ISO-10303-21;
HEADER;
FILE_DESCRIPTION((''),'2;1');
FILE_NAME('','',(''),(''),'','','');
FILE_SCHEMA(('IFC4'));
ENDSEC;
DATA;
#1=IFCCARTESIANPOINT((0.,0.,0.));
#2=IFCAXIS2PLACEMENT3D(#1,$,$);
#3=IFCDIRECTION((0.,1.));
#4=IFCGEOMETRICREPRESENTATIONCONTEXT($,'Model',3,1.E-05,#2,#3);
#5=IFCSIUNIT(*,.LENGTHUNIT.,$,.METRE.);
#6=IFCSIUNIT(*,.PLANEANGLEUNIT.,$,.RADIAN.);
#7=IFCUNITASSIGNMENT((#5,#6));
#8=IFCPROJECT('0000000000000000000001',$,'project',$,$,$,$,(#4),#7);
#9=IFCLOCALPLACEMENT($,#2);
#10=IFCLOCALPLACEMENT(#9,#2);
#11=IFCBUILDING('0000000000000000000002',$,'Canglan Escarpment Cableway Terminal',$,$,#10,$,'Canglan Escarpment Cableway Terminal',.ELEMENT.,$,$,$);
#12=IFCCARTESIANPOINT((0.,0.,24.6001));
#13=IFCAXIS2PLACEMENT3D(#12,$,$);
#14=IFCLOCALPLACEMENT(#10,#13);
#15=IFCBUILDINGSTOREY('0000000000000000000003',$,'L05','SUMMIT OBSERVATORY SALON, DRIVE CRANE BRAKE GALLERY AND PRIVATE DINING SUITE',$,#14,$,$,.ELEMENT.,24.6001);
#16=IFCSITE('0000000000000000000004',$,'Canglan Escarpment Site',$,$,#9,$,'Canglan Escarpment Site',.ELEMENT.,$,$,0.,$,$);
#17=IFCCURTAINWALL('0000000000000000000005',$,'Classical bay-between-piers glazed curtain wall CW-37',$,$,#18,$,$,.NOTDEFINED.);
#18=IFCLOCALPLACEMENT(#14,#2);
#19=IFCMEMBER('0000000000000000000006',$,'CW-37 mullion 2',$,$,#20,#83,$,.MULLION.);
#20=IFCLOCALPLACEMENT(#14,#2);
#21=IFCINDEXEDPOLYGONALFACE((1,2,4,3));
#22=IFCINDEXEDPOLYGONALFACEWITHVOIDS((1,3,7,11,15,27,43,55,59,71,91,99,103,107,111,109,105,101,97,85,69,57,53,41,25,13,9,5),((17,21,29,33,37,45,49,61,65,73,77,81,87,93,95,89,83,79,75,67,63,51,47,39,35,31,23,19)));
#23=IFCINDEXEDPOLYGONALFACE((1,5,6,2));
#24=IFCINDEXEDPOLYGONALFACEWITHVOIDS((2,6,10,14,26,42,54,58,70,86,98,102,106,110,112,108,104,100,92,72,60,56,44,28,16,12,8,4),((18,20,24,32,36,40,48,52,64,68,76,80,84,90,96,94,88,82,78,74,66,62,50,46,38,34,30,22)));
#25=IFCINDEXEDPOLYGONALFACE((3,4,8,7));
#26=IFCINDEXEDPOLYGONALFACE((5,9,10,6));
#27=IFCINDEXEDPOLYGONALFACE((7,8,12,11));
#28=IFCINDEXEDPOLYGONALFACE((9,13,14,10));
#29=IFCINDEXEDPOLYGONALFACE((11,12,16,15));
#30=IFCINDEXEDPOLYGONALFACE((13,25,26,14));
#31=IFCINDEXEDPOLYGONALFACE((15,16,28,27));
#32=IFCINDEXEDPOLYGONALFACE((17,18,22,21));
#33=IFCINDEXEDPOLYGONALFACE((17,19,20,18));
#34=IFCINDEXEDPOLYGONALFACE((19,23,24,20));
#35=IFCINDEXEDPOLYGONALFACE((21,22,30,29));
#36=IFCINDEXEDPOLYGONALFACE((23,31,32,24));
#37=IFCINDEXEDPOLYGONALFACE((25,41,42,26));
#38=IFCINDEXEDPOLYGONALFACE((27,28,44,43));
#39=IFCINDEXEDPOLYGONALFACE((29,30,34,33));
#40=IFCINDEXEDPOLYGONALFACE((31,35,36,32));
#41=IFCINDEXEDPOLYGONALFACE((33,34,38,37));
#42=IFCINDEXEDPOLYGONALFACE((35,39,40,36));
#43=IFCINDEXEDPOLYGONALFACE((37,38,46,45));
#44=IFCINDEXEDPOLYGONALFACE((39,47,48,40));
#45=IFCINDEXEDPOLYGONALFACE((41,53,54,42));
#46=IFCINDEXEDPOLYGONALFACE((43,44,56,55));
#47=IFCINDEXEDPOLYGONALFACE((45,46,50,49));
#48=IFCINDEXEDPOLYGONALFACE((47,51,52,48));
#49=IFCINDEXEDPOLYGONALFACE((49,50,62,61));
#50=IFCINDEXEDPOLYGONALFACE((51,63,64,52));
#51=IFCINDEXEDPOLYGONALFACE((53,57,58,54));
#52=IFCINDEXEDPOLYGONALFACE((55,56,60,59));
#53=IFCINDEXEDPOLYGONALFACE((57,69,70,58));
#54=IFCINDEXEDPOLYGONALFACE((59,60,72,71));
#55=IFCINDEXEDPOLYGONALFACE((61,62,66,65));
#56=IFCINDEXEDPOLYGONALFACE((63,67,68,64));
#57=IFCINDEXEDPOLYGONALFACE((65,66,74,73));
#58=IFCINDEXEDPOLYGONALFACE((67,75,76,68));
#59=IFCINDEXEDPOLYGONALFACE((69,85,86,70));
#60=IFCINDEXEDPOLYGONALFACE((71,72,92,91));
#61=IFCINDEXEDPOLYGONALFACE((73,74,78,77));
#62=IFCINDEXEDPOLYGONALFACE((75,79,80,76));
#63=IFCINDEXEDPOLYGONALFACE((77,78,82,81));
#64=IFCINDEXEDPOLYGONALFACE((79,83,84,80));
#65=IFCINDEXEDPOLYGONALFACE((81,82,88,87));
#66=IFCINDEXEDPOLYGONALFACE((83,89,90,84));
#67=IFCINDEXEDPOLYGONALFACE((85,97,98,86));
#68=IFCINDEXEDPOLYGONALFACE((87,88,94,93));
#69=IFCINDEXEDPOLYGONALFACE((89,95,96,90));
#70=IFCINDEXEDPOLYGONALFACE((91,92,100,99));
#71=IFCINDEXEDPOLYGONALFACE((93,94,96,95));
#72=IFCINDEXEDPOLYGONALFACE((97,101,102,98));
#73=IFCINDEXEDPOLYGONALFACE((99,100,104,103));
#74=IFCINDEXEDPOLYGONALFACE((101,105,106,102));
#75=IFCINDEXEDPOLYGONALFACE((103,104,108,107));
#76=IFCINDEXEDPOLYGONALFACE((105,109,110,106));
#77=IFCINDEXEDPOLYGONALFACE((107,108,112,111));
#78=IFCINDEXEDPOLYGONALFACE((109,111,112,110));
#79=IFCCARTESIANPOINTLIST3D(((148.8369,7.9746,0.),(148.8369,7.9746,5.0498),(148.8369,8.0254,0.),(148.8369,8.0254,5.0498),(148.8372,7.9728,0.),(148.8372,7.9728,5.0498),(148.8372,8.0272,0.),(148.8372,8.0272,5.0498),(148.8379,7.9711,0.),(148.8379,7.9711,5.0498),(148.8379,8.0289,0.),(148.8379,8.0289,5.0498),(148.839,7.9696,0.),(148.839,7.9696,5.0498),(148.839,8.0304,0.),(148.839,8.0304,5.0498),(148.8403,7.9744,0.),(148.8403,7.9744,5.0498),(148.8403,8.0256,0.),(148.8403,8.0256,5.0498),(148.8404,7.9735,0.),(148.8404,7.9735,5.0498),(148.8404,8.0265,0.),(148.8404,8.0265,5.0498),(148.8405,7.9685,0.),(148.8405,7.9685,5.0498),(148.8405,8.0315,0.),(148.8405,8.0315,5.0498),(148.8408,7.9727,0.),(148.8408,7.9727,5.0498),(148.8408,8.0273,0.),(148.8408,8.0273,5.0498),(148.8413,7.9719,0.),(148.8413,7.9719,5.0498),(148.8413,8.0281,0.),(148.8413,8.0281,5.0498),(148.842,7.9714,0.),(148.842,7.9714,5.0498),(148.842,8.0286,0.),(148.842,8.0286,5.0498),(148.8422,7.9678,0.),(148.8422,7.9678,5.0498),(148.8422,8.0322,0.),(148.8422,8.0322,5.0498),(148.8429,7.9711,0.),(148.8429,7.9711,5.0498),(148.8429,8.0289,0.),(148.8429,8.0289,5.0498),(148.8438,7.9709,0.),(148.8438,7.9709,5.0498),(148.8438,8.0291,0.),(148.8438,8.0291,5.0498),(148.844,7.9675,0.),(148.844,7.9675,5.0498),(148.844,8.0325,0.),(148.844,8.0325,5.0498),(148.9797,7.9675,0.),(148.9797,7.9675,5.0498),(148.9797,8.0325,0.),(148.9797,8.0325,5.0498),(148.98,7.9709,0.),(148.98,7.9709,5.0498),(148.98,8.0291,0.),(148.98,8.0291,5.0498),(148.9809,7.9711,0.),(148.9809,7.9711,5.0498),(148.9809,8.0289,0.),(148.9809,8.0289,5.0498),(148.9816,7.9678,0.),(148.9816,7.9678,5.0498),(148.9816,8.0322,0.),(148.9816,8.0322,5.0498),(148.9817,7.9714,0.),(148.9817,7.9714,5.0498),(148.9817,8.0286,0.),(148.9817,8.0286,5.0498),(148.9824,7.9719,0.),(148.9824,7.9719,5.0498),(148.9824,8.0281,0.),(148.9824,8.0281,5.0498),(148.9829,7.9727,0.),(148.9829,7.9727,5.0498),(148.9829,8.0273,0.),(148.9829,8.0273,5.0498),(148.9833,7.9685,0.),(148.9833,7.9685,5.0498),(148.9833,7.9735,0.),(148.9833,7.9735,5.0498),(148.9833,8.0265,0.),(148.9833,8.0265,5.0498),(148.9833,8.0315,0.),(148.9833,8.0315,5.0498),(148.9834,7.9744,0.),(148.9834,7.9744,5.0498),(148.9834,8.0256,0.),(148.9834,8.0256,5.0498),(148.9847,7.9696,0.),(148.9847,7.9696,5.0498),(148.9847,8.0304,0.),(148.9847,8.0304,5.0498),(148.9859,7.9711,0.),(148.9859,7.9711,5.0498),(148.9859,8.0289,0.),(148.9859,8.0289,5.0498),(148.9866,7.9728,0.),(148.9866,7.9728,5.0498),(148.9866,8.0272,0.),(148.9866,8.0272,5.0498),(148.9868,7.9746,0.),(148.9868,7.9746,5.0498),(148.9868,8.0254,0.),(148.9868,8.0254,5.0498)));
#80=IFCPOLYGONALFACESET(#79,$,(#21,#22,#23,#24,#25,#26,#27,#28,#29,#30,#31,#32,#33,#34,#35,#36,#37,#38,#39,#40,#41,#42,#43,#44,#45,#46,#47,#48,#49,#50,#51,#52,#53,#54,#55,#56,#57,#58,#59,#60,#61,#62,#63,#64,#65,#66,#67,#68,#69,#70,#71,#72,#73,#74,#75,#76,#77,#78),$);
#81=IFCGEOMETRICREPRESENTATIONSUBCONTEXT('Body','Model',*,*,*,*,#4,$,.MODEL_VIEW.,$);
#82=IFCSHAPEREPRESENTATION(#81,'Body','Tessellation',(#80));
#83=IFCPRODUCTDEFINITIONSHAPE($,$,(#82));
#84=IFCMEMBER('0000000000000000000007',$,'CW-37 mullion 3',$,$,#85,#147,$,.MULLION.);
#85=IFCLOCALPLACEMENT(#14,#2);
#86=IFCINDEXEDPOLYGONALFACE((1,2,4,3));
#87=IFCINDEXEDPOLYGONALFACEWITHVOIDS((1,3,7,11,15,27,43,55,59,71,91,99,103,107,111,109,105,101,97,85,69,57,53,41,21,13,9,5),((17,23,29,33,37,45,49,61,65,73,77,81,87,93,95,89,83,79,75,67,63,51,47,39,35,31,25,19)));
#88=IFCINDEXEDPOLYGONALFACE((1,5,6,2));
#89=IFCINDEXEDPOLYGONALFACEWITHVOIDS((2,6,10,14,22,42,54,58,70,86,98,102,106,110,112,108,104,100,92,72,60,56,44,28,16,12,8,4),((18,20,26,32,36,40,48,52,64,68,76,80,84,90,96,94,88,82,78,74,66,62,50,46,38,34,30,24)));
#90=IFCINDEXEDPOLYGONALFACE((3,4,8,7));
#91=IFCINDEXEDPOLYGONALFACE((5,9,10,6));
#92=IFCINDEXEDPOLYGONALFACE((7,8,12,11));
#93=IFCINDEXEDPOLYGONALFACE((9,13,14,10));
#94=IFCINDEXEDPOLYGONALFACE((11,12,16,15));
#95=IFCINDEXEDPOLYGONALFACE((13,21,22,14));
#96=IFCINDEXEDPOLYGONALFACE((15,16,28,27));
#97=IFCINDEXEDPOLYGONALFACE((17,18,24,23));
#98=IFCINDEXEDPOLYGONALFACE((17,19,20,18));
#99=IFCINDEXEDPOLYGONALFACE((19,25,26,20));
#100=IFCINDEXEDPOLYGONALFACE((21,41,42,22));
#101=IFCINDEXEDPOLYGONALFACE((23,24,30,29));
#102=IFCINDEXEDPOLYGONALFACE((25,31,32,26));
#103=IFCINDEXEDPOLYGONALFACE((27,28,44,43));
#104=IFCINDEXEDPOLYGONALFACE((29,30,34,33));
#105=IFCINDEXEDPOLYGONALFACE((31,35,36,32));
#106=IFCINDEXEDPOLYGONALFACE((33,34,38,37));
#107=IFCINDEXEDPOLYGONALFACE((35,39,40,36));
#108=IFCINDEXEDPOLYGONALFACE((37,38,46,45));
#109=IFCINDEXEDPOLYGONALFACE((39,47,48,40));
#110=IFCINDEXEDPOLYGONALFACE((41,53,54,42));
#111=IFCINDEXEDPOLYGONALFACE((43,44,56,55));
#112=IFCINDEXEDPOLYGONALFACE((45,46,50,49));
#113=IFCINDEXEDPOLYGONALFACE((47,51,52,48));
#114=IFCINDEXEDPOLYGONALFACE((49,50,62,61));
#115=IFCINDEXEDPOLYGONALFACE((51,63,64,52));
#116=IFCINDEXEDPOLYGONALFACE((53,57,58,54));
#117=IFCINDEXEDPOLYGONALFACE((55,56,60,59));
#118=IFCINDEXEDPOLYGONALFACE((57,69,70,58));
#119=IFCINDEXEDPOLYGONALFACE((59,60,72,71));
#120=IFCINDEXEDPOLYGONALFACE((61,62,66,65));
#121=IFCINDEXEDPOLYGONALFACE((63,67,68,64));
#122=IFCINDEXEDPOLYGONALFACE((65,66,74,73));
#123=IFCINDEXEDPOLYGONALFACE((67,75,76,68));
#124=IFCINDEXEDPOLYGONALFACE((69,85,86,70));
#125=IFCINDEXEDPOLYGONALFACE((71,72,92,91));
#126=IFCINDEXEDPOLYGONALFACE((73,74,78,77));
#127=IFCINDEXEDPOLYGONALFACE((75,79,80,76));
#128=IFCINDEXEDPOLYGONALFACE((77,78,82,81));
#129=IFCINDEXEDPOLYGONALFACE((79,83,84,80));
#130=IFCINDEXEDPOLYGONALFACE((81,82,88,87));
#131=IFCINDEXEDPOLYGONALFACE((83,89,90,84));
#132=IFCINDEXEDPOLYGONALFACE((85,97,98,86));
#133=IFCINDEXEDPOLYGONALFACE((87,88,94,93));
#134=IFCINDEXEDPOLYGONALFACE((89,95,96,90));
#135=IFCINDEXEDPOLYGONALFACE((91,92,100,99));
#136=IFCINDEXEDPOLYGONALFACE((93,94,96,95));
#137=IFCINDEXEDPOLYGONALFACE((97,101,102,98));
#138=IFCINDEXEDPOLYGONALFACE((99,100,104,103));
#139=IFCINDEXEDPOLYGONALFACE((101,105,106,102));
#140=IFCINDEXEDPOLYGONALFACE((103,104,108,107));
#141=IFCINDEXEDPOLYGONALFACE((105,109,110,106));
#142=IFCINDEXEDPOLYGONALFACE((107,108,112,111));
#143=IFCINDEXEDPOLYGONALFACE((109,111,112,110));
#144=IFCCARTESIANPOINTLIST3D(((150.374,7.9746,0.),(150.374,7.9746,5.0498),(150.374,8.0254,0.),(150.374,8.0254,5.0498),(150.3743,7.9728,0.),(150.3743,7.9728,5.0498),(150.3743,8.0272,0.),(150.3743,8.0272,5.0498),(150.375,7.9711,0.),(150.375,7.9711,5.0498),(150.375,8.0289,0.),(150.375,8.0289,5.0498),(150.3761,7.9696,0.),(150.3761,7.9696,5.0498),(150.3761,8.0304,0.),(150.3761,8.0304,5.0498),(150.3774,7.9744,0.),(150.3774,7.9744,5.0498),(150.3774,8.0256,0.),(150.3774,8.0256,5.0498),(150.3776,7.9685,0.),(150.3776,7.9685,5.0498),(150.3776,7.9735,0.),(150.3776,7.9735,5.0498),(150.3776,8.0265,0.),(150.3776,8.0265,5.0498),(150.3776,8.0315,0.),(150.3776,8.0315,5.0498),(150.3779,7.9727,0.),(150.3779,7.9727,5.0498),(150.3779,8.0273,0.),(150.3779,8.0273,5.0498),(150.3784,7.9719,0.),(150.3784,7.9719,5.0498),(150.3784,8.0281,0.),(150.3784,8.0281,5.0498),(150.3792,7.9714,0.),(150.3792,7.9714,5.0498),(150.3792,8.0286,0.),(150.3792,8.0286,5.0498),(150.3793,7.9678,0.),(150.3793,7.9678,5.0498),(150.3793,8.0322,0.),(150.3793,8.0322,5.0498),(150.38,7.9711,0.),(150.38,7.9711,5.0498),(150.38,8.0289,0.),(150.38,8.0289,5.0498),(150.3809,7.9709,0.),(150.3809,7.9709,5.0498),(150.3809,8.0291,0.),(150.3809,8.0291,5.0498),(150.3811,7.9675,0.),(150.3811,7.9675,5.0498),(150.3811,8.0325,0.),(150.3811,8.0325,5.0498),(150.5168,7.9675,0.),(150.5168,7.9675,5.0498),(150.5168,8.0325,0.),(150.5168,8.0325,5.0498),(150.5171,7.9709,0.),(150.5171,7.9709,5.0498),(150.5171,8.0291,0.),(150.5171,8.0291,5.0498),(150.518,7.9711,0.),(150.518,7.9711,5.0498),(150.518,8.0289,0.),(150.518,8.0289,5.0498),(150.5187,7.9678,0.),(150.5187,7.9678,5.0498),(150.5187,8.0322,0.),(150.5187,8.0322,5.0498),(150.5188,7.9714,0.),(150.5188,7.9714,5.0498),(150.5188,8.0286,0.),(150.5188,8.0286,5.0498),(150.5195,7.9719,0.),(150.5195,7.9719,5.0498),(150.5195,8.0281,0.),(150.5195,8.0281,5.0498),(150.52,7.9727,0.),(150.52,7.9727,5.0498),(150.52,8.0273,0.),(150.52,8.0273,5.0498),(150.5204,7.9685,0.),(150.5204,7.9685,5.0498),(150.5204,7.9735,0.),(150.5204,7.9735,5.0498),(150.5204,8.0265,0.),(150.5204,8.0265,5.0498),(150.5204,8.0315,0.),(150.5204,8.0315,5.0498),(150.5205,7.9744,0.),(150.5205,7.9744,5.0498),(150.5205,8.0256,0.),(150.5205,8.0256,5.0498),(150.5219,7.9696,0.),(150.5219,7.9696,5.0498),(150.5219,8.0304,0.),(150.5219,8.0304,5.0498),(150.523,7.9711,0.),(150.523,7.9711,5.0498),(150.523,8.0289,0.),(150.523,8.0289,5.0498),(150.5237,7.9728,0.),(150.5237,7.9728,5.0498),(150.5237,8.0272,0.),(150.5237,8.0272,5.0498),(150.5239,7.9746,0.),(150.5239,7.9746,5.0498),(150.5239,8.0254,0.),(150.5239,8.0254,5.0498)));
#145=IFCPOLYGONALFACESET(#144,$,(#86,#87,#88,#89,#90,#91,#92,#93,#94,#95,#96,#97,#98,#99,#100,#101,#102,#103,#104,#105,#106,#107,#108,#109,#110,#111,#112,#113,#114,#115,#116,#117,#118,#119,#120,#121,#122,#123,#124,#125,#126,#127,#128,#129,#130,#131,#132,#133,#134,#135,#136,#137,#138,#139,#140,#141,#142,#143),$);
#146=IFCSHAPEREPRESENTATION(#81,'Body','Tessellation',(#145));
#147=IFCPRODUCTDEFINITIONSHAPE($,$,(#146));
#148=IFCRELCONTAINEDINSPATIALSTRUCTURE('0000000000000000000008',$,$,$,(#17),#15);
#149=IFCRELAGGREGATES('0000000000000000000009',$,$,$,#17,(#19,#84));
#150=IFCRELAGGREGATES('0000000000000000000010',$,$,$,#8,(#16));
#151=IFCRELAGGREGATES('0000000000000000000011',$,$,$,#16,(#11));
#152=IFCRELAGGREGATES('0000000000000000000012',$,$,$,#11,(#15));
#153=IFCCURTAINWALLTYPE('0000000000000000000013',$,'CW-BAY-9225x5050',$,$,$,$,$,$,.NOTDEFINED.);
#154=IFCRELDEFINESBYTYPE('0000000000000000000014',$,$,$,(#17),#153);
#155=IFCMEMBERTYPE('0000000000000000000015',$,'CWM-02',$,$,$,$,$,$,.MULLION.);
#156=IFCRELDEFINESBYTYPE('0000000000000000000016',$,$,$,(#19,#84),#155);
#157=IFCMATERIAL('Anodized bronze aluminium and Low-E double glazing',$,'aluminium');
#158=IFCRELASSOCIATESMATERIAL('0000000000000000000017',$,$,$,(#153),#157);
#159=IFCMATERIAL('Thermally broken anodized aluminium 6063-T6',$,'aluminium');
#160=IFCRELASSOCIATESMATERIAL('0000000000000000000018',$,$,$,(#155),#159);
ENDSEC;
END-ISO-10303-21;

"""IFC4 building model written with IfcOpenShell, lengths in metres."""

from ifc_helpers import new_model, si_unit, direction, frame, origin, origin_2d, place, context, subcontext, project, spatial, hollow_rectangle, extrude, material, material_profile, profile_set, type_object, element, aggregate, save


model = new_model("IFC4")

# Units and contexts
model_context = context("Model", 3, precision=1e-05, world=origin(), true_north=direction((0.0, 1.0)))
body_context = subcontext(model_context, "Body", "Model", "MODEL_VIEW")
ifc_project = project(units=[si_unit("LENGTHUNIT", "METRE"), si_unit("PLANEANGLEUNIT", "RADIAN")], contexts=[model_context])

# Site, building, storey
site_placement = place(None, origin())
site = spatial("IfcSite", under=ifc_project, at=site_placement, Name="Canglan Escarpment Site", LongName="Canglan Escarpment Site", CompositionType="ELEMENT", RefElevation=0.0)
building_placement = place(site_placement, origin())
building = spatial("IfcBuilding", under=site, at=building_placement, Name="Canglan Escarpment Cableway Terminal", LongName="Canglan Escarpment Cableway Terminal", CompositionType="ELEMENT")
storey_placement = place(building_placement, frame((0.0, 0.0, 24.6001)))
storey = spatial("IfcBuildingStorey", under=building, at=storey_placement, Name="L05", Description="SUMMIT OBSERVATORY SALON, DRIVE CRANE BRAKE GALLERY AND PRIVATE DINING SUITE", CompositionType="ELEMENT", Elevation=24.6001)

# Curtain wall, members
ifc_material_1 = material(Name="Anodized bronze aluminium and Low-E double glazing", Category="aluminium")
curtain_wall_type = type_object("IfcCurtainWallType", Name="CW-BAY-9225x5050", PredefinedType="NOTDEFINED", material=ifc_material_1)
curtain_wall_placement = place(storey_placement, origin())
curtain_wall = element("IfcCurtainWall", 1, at=curtain_wall_placement, inside=storey, type_object=curtain_wall_type, Name="Classical bay-between-piers glazed curtain wall CW-37", PredefinedType="NOTDEFINED")
ifc_material_2 = material(Name="Thermally broken anodized aluminium 6063-T6", Category="aluminium")
ifc_material_profile_1 = material_profile(ifc_material_2, hollow_rectangle(XDim=0.0649, YDim=0.1499, WallThickness=0.0034, InnerFilletRadius=0.0034, OuterFilletRadius=0.0071, at=origin_2d()), Name="ALU-MULL 65x150x3.5")
ifc_profile_set_1 = profile_set([ifc_material_profile_1], Name="Thermally broken anodized aluminium 6063-T6")
member_type_1 = type_object("IfcMemberType", Name="CWM-02", PredefinedType="MULLION", material=ifc_profile_set_1)
member_1_placement = place(storey_placement, frame((148.9119, 8.0, 0.0), z_axis=(0.0, 0.0, 1.0), x_axis=(0.0, 1.0, 0.0)))
member_1 = element("IfcMember", 2, at=member_1_placement, type_object=member_type_1, Name="CW-37 mullion 2", PredefinedType="MULLION", context=body_context, shape_type="SweptSolid", body=[
    extrude(hollow_rectangle(XDim=0.0649, YDim=0.1499, WallThickness=0.0034, InnerFilletRadius=0.0034, OuterFilletRadius=0.0071, at=origin_2d()), origin(), (0.0, 0.0, 1.0), 5.0498),
])
member_2_placement = place(storey_placement, frame((150.449, 8.0, 0.0), z_axis=(0.0, 0.0, 1.0), x_axis=(0.0, 1.0, 0.0)))
member_2 = element("IfcMember", 3, at=member_2_placement, type_object=member_type_1, Name="CW-37 mullion 3", PredefinedType="MULLION", context=body_context, shape_type="SweptSolid", body=[
    extrude(hollow_rectangle(XDim=0.0649, YDim=0.1499, WallThickness=0.0034, InnerFilletRadius=0.0034, OuterFilletRadius=0.0071, at=origin_2d()), origin(), (0.0, 0.0, 1.0), 5.0498),
])

aggregate(curtain_wall, [member_1, member_2])

save(model, "model.ifc")
